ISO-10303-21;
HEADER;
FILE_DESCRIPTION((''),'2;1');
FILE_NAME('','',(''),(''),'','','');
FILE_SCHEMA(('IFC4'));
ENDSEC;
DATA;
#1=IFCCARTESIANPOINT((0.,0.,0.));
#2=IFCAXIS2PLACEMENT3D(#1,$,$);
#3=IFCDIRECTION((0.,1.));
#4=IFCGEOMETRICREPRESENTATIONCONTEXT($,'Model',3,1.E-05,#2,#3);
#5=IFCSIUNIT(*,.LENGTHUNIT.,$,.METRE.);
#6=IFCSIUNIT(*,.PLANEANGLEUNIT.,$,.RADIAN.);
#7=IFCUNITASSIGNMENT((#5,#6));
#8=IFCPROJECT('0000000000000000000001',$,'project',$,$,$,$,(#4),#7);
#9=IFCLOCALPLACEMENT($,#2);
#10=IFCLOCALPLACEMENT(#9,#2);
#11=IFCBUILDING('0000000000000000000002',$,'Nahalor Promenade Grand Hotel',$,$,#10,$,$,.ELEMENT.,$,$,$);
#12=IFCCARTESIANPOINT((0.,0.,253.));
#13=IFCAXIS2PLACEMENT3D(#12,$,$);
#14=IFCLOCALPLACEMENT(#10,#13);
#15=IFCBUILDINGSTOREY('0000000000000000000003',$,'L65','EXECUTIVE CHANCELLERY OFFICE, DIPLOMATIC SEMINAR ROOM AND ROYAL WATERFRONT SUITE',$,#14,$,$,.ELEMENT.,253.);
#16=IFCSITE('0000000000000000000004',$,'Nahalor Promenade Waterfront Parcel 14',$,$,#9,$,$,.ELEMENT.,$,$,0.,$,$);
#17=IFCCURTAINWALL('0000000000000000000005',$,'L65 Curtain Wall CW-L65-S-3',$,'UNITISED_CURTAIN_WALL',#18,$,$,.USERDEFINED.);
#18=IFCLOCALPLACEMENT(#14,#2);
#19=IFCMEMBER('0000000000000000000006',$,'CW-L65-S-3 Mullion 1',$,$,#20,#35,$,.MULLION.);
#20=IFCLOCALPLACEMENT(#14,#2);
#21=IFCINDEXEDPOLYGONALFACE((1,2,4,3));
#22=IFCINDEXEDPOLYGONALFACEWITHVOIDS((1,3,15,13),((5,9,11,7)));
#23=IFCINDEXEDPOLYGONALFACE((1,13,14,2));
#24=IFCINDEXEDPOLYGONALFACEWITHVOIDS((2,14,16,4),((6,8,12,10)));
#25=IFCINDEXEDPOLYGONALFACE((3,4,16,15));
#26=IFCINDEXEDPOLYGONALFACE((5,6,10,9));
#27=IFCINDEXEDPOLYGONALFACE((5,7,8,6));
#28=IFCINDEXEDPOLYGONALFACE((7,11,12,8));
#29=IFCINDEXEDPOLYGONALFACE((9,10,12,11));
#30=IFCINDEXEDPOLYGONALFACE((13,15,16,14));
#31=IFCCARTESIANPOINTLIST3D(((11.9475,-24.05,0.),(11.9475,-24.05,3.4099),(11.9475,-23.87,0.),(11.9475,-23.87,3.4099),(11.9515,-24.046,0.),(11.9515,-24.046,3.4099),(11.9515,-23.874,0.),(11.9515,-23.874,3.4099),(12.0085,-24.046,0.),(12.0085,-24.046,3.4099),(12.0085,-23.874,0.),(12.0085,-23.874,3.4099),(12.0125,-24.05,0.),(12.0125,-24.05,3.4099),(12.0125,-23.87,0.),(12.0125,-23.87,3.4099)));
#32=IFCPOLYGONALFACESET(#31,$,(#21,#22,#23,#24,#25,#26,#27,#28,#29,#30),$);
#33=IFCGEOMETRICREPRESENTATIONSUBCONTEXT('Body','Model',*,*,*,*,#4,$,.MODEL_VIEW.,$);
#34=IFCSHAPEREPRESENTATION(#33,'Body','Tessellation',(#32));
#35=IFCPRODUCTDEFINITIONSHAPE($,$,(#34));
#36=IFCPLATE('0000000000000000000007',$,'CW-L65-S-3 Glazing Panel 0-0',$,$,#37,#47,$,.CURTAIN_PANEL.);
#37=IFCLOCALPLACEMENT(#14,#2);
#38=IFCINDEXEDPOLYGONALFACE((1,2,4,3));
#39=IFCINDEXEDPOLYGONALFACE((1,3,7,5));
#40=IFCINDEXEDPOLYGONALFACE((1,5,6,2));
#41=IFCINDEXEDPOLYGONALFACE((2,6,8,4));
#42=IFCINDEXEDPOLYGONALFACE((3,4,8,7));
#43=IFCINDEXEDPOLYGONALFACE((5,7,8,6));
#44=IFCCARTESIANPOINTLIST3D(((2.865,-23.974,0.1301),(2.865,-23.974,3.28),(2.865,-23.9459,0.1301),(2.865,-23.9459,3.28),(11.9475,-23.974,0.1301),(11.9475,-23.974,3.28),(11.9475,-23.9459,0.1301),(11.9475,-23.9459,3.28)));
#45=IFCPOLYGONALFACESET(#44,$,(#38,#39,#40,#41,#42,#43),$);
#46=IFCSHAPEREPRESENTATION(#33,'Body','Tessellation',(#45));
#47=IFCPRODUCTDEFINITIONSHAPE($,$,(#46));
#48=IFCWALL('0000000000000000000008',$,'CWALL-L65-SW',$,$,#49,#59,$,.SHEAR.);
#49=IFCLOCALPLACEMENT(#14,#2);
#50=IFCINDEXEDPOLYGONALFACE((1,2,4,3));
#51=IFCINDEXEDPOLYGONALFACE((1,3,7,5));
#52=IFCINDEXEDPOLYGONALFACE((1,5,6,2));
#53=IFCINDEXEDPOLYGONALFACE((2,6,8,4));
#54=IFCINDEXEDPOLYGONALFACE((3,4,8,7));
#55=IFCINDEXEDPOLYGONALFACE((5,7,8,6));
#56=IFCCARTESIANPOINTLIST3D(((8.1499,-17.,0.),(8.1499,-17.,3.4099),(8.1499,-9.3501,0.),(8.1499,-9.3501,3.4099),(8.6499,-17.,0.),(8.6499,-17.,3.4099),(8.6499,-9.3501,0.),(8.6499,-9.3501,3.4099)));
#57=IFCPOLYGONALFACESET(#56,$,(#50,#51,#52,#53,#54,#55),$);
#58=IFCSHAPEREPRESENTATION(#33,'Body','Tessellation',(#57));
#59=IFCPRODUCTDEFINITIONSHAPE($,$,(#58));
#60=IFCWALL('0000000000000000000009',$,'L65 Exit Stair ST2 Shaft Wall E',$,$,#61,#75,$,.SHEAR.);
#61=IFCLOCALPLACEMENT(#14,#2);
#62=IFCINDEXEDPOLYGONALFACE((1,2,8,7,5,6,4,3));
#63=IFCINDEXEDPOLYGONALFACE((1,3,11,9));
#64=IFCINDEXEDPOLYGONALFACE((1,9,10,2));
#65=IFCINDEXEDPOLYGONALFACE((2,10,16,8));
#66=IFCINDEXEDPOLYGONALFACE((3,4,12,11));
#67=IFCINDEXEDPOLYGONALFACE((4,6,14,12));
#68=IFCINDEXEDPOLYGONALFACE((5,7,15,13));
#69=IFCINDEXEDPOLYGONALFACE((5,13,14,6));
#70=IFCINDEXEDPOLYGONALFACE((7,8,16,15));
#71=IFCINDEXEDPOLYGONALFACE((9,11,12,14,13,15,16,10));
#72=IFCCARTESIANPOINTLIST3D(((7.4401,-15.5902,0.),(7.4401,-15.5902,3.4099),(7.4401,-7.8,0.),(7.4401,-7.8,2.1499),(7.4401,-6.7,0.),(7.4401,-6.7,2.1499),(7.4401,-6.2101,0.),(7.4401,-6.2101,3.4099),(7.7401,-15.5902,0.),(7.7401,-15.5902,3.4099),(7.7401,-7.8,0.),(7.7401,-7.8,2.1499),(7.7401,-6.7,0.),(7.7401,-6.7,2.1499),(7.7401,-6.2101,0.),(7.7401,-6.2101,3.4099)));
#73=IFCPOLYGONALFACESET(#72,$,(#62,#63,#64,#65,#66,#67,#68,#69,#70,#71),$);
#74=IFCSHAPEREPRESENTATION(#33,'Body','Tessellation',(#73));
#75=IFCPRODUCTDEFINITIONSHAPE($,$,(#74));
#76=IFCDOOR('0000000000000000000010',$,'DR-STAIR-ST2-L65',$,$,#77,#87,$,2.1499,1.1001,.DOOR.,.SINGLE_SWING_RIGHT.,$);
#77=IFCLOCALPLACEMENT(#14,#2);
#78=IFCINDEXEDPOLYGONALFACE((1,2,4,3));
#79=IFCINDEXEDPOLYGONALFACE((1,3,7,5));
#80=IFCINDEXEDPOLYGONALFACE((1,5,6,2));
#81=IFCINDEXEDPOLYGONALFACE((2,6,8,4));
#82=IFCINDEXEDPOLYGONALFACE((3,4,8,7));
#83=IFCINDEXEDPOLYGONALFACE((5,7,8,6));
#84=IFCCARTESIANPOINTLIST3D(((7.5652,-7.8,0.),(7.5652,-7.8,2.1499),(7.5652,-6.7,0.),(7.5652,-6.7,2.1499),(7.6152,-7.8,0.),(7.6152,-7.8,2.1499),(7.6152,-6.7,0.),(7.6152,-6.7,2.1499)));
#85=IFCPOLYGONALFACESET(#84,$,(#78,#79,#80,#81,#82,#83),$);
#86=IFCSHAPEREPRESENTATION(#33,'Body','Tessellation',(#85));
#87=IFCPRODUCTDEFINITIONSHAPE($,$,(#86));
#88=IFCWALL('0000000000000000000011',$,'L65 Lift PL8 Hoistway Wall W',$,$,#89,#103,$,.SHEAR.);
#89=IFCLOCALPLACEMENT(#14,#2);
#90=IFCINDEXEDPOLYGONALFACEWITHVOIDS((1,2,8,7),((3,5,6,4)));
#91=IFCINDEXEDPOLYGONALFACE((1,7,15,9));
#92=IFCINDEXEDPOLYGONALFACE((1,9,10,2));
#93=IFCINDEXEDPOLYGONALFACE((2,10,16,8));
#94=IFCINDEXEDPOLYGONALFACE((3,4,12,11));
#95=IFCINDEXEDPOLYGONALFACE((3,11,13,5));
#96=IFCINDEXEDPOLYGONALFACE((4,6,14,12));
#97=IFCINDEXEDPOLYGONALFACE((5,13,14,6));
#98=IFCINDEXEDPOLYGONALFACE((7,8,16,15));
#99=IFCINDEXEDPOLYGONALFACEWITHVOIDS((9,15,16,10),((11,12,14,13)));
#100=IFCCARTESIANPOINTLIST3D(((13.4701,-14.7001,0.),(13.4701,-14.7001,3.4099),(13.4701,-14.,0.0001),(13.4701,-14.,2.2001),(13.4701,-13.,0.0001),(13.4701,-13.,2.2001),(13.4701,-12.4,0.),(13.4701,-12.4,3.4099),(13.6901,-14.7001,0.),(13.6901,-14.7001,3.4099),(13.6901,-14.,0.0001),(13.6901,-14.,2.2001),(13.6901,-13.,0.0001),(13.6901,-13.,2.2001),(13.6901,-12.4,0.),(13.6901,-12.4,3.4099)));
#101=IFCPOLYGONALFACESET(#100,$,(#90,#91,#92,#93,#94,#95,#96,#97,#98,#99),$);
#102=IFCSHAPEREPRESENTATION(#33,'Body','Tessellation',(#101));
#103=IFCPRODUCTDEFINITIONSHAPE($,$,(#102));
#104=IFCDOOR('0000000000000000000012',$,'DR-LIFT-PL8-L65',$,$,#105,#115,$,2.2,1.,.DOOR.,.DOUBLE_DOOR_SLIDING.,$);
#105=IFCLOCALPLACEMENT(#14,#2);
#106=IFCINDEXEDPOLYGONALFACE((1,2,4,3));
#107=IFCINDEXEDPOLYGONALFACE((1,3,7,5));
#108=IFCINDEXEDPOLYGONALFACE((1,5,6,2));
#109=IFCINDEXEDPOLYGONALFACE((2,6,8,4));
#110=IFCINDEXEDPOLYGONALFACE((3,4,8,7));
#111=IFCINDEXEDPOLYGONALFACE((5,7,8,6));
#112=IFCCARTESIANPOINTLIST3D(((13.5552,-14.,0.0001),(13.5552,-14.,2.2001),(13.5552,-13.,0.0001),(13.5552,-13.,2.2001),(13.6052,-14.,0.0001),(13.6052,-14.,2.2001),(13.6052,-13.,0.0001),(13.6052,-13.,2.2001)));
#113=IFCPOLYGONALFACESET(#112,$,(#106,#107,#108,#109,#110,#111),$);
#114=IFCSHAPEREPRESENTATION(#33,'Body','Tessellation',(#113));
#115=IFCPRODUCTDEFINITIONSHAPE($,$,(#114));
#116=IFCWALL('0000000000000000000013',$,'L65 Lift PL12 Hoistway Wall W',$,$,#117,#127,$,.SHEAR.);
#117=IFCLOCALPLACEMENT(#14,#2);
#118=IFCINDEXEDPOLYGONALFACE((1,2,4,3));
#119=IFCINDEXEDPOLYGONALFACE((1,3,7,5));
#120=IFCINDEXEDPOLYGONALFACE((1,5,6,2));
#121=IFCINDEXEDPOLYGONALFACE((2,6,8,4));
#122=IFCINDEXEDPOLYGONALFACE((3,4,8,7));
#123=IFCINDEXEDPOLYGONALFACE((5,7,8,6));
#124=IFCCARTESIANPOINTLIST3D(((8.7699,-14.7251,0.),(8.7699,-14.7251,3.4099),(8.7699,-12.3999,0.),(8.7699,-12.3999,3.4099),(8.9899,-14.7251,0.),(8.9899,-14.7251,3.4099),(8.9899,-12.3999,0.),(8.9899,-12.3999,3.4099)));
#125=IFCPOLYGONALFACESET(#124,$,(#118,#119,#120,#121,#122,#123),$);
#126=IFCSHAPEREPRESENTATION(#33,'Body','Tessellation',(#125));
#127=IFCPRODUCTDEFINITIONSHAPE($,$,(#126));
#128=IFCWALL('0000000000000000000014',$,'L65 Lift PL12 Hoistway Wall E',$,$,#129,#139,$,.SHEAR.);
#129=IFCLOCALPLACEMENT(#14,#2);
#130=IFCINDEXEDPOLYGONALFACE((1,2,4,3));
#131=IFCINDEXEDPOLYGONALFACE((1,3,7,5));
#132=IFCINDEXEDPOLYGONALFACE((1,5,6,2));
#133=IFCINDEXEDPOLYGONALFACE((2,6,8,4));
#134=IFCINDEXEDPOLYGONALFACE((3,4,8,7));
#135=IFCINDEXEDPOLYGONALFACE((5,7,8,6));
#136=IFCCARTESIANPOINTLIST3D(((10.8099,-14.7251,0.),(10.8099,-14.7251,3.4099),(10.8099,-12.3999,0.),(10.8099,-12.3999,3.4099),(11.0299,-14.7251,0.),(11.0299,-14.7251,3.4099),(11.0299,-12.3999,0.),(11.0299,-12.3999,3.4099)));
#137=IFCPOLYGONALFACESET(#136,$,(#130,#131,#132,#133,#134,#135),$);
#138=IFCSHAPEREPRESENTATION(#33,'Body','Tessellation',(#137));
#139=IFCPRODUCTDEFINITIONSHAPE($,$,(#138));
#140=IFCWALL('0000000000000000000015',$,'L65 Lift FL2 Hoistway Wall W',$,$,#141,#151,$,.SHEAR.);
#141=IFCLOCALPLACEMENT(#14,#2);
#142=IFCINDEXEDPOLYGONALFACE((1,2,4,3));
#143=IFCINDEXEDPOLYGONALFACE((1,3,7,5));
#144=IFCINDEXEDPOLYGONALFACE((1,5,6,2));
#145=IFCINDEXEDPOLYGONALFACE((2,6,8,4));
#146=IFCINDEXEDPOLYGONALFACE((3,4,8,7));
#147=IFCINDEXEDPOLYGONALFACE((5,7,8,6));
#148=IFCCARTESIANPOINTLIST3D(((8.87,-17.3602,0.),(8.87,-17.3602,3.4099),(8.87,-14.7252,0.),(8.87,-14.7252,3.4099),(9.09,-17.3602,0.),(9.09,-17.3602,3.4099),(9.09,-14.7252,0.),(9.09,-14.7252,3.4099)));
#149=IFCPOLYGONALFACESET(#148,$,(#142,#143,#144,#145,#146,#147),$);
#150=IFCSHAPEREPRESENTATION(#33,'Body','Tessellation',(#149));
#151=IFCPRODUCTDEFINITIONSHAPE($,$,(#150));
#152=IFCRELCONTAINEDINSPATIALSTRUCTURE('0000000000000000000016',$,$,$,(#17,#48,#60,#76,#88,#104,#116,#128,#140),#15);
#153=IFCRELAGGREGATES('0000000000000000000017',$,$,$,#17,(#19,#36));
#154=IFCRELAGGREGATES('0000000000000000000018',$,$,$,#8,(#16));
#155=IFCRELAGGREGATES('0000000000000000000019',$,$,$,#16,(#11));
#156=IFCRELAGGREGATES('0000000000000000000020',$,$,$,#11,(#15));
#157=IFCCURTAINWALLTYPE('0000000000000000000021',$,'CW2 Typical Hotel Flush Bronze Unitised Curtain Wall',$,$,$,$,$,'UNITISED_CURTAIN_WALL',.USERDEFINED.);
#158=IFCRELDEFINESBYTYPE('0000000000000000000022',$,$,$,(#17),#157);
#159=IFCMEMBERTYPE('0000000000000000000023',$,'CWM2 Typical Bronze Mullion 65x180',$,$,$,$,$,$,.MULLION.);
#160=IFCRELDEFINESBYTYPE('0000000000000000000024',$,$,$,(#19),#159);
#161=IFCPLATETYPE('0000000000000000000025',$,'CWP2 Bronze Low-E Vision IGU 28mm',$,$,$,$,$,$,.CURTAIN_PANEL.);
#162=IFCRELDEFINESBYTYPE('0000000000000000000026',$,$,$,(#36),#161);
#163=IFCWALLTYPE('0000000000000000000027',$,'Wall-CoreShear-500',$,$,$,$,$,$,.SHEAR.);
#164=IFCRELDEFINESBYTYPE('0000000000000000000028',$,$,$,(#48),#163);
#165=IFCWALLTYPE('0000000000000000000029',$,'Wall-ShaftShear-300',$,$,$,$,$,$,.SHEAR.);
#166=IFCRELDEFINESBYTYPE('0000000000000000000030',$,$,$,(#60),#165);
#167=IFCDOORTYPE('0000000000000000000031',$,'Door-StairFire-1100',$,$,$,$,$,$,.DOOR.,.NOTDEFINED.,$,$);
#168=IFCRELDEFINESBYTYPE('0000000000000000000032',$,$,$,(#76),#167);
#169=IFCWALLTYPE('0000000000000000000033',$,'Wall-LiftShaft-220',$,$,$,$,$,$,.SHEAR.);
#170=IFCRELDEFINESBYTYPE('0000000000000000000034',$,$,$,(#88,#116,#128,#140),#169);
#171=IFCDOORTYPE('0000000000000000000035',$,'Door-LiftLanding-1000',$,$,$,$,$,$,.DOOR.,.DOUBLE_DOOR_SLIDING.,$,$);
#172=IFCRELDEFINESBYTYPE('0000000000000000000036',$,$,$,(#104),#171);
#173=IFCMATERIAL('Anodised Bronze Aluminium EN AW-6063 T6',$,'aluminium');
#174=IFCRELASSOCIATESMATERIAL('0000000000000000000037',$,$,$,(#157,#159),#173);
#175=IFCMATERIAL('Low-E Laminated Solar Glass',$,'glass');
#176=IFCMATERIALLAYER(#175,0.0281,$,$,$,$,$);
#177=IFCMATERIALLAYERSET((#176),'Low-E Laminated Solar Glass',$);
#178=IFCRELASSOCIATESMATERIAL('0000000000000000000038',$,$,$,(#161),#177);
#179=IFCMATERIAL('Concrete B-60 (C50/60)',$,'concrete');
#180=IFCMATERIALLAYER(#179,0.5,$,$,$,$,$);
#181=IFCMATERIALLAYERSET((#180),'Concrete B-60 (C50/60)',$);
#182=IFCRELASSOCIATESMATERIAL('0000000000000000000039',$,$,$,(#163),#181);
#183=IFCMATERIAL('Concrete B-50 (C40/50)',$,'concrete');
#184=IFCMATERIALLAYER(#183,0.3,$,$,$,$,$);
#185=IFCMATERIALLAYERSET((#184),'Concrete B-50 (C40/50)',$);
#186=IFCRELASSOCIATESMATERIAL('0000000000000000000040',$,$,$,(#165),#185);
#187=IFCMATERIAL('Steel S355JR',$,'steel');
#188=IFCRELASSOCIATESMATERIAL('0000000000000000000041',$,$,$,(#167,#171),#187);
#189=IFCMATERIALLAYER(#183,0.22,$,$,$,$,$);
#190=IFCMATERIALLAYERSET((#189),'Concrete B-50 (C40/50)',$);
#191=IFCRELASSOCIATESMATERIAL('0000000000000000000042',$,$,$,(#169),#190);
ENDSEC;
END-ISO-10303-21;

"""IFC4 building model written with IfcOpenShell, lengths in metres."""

from ifc_helpers import new_model, si_unit, direction, frame, frame_2d, origin, origin_2d, place, context, subcontext, project, spatial, rectangle, hollow_rectangle, extrude, source, transform, mapped, material, layer, layer_set, material_profile, profile_set, type_object, element, fill, aggregate, save


model = new_model("IFC4")

# Units and contexts
model_context = context("Model", 3, precision=1e-05, world=origin(), true_north=direction((0.0, 1.0)))
body_context = subcontext(model_context, "Body", "Model", "MODEL_VIEW")
ifc_project = project(units=[si_unit("LENGTHUNIT", "METRE"), si_unit("PLANEANGLEUNIT", "RADIAN")], contexts=[model_context])

# Site, building, storey
site_placement = place(None, origin())
site = spatial("IfcSite", under=ifc_project, at=site_placement, Name="Nahalor Promenade Waterfront Parcel 14", CompositionType="ELEMENT", RefElevation=0.0)
building_placement = place(site_placement, origin())
building = spatial("IfcBuilding", under=site, at=building_placement, Name="Nahalor Promenade Grand Hotel", CompositionType="ELEMENT")
storey_placement = place(building_placement, frame((0.0, 0.0, 253.0)))
storey = spatial("IfcBuildingStorey", under=building, at=storey_placement, Name="L65", Description="EXECUTIVE CHANCELLERY OFFICE, DIPLOMATIC SEMINAR ROOM AND ROYAL WATERFRONT SUITE", CompositionType="ELEMENT", Elevation=253.0)

# Shared definitions
ifc_material_1 = material(Name="Concrete B-60 (C50/60)", Category="concrete")
ifc_material_2 = material(Name="Steel S355JR", Category="steel")

# Curtain wall, member, plate
ifc_material_3 = material(Name="Anodised Bronze Aluminium EN AW-6063 T6", Category="aluminium")
curtain_wall_type = type_object("IfcCurtainWallType", Name="CW2 Typical Hotel Flush Bronze Unitised Curtain Wall", ElementType="UNITISED_CURTAIN_WALL", PredefinedType="USERDEFINED", material=ifc_material_3)
curtain_wall_placement = place(storey_placement, origin())
curtain_wall = element("IfcCurtainWall", 1, at=curtain_wall_placement, inside=storey, type_object=curtain_wall_type, Name="L65 Curtain Wall CW-L65-S-3", ObjectType="UNITISED_CURTAIN_WALL", PredefinedType="USERDEFINED")
ifc_material_profile_1 = material_profile(ifc_material_3, hollow_rectangle(XDim=0.065, YDim=0.18, WallThickness=0.004, at=origin_2d()), Name="CWM 65x180x4")
ifc_profile_set_1 = profile_set([ifc_material_profile_1], Name="Anodised Bronze Aluminium EN AW-6063 T6")
member_type_1 = type_object("IfcMemberType", Name="CWM2 Typical Bronze Mullion 65x180", PredefinedType="MULLION", material=ifc_profile_set_1)
shared_shape_1 = source(origin(), body_context, "Body", "SweptSolid", [
    extrude(hollow_rectangle(XDim=0.065, YDim=0.18, WallThickness=0.004, at=origin_2d()), origin(), (0.0, 0.0, 1.0), 3.4099),
])
member_1_placement = place(storey_placement, frame((11.98, -23.96, 0.0), z_axis=(0.0, 0.0, 1.0), x_axis=(1.0, 0.0, 0.0)))
member_1 = element("IfcMember", 2, at=member_1_placement, type_object=member_type_1, Name="CW-L65-S-3 Mullion 1", PredefinedType="MULLION", context=body_context, shape_type="MappedRepresentation", body=[
    mapped(shared_shape_1, transform((0.0, 0.0, 0.0), scale=1.0)),
])
ifc_material_4 = material(Name="Low-E Laminated Solar Glass", Category="glass")
ifc_layer_1 = layer(ifc_material_4, 0.0281)
ifc_layer_set_1 = layer_set([ifc_layer_1], Name="Low-E Laminated Solar Glass")
plate_type = type_object("IfcPlateType", Name="CWP2 Bronze Low-E Vision IGU 28mm", PredefinedType="CURTAIN_PANEL", material=ifc_layer_set_1)
shared_shape_2 = source(origin(), body_context, "Body", "SweptSolid", [
    extrude(rectangle(XDim=9.0825, YDim=0.0281, at=origin_2d()), origin(), (0.0, 0.0, 1.0), 3.1499),
])
plate_placement = place(storey_placement, frame((7.4062, -23.96, 0.1301), z_axis=(0.0, 0.0, 1.0), x_axis=(1.0, 0.0, 0.0)))
plate = element("IfcPlate", 3, at=plate_placement, type_object=plate_type, Name="CW-L65-S-3 Glazing Panel 0-0", PredefinedType="CURTAIN_PANEL", context=body_context, shape_type="MappedRepresentation", body=[
    mapped(shared_shape_2, transform((0.0, 0.0, 0.0), scale=1.0)),
])
aggregate(curtain_wall, [member_1, plate])

# Wall
ifc_layer_2 = layer(ifc_material_1, 0.5)
ifc_layer_set_2 = layer_set([ifc_layer_2], Name="Concrete B-60 (C50/60)")
wall_type_1 = type_object("IfcWallType", Name="Wall-CoreShear-500", PredefinedType="SHEAR", material=ifc_layer_set_2)
shared_shape_3 = source(origin(), body_context, "Body", "SweptSolid", [
    extrude(rectangle(XDim=7.6499, YDim=0.5, at=frame_2d((3.825, 0.0))), origin(), (0.0, 0.0, 1.0), 3.4099),
])
wall_1_placement = place(storey_placement, frame((8.3999, -17.0, 0.0), z_axis=(0.0, 0.0, 1.0), x_axis=(0.0, 1.0, 0.0)))
element("IfcWall", 4, at=wall_1_placement, inside=storey, type_object=wall_type_1, Name="CWALL-L65-SW", PredefinedType="SHEAR", context=body_context, shape_type="MappedRepresentation", body=[
    mapped(shared_shape_3, transform((0.0, 0.0, 0.0), scale=1.0)),
])

# Walls, openings, doors
ifc_material_5 = material(Name="Concrete B-50 (C40/50)", Category="concrete")
ifc_layer_3 = layer(ifc_material_5, 0.3)
ifc_layer_set_3 = layer_set([ifc_layer_3], Name="Concrete B-50 (C40/50)")
wall_type_2 = type_object("IfcWallType", Name="Wall-ShaftShear-300", PredefinedType="SHEAR", material=ifc_layer_set_3)
shared_shape_4 = source(origin(), body_context, "Body", "SweptSolid", [
    extrude(rectangle(XDim=9.3801, YDim=0.3, at=frame_2d((4.6899, 0.0))), origin(), (0.0, 0.0, 1.0), 3.4099),
])
wall_2_placement = place(storey_placement, frame((7.5901, -15.5901, 0.0), z_axis=(0.0, 0.0, 1.0), x_axis=(0.0, 1.0, 0.0)))
wall_2 = element("IfcWall", 5, at=wall_2_placement, inside=storey, type_object=wall_type_2, Name="L65 Exit Stair ST2 Shaft Wall E", PredefinedType="SHEAR", context=body_context, shape_type="MappedRepresentation", body=[
    mapped(shared_shape_4, transform((0.0, 0.0, 0.0), scale=1.0)),
])
opening_1_placement = place(wall_2_placement, frame((7.79, 0.0, 0.0)))
opening_1 = element("IfcOpeningElement", 6, at=opening_1_placement, cuts=wall_2, PredefinedType="OPENING", context=body_context, shape_type="SweptSolid", body=[
    extrude(rectangle(XDim=1.1001, YDim=2.1499, at=frame_2d((0.55, 1.075))), frame((0.0, 0.1599, 0.0), z_axis=(0.0, -1.0, 0.0), x_axis=(1.0, 0.0, 0.0)), (0.0, 0.0, 1.0), 0.3201),
])
door_type_1 = type_object("IfcDoorType", Name="Door-StairFire-1100", OperationType="NOTDEFINED", PredefinedType="DOOR", material=ifc_material_2)
shared_shape_5 = source(origin(), body_context, "Body", "SweptSolid", [
    extrude(rectangle(XDim=1.1001, YDim=2.1499, at=frame_2d((0.55, 1.075))), frame((0.0, 0.0249, 0.0), z_axis=(0.0, -1.0, 0.0), x_axis=(1.0, 0.0, 0.0)), (0.0, 0.0, 1.0), 0.05),
])
door_1_placement = place(opening_1_placement, origin())
door_1 = element("IfcDoor", 7, at=door_1_placement, inside=storey, type_object=door_type_1, Name="DR-STAIR-ST2-L65", OperationType="SINGLE_SWING_RIGHT", OverallHeight=2.1499, OverallWidth=1.1001, PredefinedType="DOOR", context=body_context, shape_type="MappedRepresentation", body=[
    mapped(shared_shape_5, transform((0.0, 0.0, 0.0), scale=1.0)),
])
fill(opening_1, door_1)
ifc_layer_4 = layer(ifc_material_5, 0.22)
ifc_layer_set_4 = layer_set([ifc_layer_4], Name="Concrete B-50 (C40/50)")
wall_type_3 = type_object("IfcWallType", Name="Wall-LiftShaft-220", PredefinedType="SHEAR", material=ifc_layer_set_4)
shared_shape_6 = source(origin(), body_context, "Body", "SweptSolid", [
    extrude(rectangle(XDim=2.3, YDim=0.22, at=frame_2d((1.1499, 0.0))), origin(), (0.0, 0.0, 1.0), 3.4099),
])
wall_3_placement = place(storey_placement, frame((13.5801, -14.7, 0.0), z_axis=(0.0, 0.0, 1.0), x_axis=(0.0, 1.0, 0.0)))
wall_3 = element("IfcWall", 8, at=wall_3_placement, inside=storey, type_object=wall_type_3, Name="L65 Lift PL8 Hoistway Wall W", PredefinedType="SHEAR", context=body_context, shape_type="MappedRepresentation", body=[
    mapped(shared_shape_6, transform((0.0, 0.0, 0.0), scale=1.0)),
])
opening_2_placement = place(wall_3_placement, frame((0.7, 0.0, 0.0)))
opening_2 = element("IfcOpeningElement", 9, at=opening_2_placement, cuts=wall_3, PredefinedType="OPENING", context=body_context, shape_type="SweptSolid", body=[
    extrude(rectangle(XDim=1.0, YDim=2.2, at=frame_2d((0.5, 1.1001))), frame((0.0, 0.1199, 0.0), z_axis=(0.0, -1.0, 0.0), x_axis=(1.0, 0.0, 0.0)), (0.0, 0.0, 1.0), 0.24),
])
door_type_2 = type_object("IfcDoorType", Name="Door-LiftLanding-1000", OperationType="DOUBLE_DOOR_SLIDING", PredefinedType="DOOR", material=ifc_material_2)
shared_shape_7 = source(origin(), body_context, "Body", "SweptSolid", [
    extrude(rectangle(XDim=1.0, YDim=2.2, at=frame_2d((0.5, 1.1001))), frame((0.0, 0.0249, 0.0), z_axis=(0.0, -1.0, 0.0), x_axis=(1.0, 0.0, 0.0)), (0.0, 0.0, 1.0), 0.05),
])
door_2_placement = place(opening_2_placement, origin())
door_2 = element("IfcDoor", 10, at=door_2_placement, inside=storey, type_object=door_type_2, Name="DR-LIFT-PL8-L65", OperationType="DOUBLE_DOOR_SLIDING", OverallHeight=2.2, OverallWidth=1.0, PredefinedType="DOOR", context=body_context, shape_type="MappedRepresentation", body=[
    mapped(shared_shape_7, transform((0.0, 0.0, 0.0), scale=1.0)),
])
fill(opening_2, door_2)

# Walls
shared_shape_8 = source(origin(), body_context, "Body", "SweptSolid", [
    extrude(rectangle(XDim=2.3252, YDim=0.22, at=frame_2d((1.1626, 0.0))), origin(), (0.0, 0.0, 1.0), 3.4099),
])
for number, where, z_axis, x_axis, name in (
    (11, (8.8799, -14.7251, 0.0), (0.0, 0.0, 1.0), (0.0, 1.0, 0.0), "L65 Lift PL12 Hoistway Wall W"),
    (12, (10.9199, -14.7251, 0.0), (0.0, 0.0, 1.0), (0.0, 1.0, 0.0), "L65 Lift PL12 Hoistway Wall E"),
):
    element("IfcWall", number, at=place(storey_placement, frame(where, z_axis=z_axis, x_axis=x_axis)), inside=storey, type_object=wall_type_3, Name=name, PredefinedType="SHEAR", context=body_context, shape_type="MappedRepresentation", body=[
        mapped(shared_shape_8, transform((0.0, 0.0, 0.0), scale=1.0)),
    ])
shared_shape_9 = source(origin(), body_context, "Body", "SweptSolid", [
    extrude(rectangle(XDim=2.635, YDim=0.22, at=frame_2d((1.3174, 0.0))), origin(), (0.0, 0.0, 1.0), 3.4099),
])
wall_4_placement = place(storey_placement, frame((8.98, -17.3601, 0.0), z_axis=(0.0, 0.0, 1.0), x_axis=(0.0, 1.0, 0.0)))
element("IfcWall", 13, at=wall_4_placement, inside=storey, type_object=wall_type_3, Name="L65 Lift FL2 Hoistway Wall W", PredefinedType="SHEAR", context=body_context, shape_type="MappedRepresentation", body=[
    mapped(shared_shape_9, transform((0.0, 0.0, 0.0), scale=1.0)),
])

save(model, "model.ifc")
